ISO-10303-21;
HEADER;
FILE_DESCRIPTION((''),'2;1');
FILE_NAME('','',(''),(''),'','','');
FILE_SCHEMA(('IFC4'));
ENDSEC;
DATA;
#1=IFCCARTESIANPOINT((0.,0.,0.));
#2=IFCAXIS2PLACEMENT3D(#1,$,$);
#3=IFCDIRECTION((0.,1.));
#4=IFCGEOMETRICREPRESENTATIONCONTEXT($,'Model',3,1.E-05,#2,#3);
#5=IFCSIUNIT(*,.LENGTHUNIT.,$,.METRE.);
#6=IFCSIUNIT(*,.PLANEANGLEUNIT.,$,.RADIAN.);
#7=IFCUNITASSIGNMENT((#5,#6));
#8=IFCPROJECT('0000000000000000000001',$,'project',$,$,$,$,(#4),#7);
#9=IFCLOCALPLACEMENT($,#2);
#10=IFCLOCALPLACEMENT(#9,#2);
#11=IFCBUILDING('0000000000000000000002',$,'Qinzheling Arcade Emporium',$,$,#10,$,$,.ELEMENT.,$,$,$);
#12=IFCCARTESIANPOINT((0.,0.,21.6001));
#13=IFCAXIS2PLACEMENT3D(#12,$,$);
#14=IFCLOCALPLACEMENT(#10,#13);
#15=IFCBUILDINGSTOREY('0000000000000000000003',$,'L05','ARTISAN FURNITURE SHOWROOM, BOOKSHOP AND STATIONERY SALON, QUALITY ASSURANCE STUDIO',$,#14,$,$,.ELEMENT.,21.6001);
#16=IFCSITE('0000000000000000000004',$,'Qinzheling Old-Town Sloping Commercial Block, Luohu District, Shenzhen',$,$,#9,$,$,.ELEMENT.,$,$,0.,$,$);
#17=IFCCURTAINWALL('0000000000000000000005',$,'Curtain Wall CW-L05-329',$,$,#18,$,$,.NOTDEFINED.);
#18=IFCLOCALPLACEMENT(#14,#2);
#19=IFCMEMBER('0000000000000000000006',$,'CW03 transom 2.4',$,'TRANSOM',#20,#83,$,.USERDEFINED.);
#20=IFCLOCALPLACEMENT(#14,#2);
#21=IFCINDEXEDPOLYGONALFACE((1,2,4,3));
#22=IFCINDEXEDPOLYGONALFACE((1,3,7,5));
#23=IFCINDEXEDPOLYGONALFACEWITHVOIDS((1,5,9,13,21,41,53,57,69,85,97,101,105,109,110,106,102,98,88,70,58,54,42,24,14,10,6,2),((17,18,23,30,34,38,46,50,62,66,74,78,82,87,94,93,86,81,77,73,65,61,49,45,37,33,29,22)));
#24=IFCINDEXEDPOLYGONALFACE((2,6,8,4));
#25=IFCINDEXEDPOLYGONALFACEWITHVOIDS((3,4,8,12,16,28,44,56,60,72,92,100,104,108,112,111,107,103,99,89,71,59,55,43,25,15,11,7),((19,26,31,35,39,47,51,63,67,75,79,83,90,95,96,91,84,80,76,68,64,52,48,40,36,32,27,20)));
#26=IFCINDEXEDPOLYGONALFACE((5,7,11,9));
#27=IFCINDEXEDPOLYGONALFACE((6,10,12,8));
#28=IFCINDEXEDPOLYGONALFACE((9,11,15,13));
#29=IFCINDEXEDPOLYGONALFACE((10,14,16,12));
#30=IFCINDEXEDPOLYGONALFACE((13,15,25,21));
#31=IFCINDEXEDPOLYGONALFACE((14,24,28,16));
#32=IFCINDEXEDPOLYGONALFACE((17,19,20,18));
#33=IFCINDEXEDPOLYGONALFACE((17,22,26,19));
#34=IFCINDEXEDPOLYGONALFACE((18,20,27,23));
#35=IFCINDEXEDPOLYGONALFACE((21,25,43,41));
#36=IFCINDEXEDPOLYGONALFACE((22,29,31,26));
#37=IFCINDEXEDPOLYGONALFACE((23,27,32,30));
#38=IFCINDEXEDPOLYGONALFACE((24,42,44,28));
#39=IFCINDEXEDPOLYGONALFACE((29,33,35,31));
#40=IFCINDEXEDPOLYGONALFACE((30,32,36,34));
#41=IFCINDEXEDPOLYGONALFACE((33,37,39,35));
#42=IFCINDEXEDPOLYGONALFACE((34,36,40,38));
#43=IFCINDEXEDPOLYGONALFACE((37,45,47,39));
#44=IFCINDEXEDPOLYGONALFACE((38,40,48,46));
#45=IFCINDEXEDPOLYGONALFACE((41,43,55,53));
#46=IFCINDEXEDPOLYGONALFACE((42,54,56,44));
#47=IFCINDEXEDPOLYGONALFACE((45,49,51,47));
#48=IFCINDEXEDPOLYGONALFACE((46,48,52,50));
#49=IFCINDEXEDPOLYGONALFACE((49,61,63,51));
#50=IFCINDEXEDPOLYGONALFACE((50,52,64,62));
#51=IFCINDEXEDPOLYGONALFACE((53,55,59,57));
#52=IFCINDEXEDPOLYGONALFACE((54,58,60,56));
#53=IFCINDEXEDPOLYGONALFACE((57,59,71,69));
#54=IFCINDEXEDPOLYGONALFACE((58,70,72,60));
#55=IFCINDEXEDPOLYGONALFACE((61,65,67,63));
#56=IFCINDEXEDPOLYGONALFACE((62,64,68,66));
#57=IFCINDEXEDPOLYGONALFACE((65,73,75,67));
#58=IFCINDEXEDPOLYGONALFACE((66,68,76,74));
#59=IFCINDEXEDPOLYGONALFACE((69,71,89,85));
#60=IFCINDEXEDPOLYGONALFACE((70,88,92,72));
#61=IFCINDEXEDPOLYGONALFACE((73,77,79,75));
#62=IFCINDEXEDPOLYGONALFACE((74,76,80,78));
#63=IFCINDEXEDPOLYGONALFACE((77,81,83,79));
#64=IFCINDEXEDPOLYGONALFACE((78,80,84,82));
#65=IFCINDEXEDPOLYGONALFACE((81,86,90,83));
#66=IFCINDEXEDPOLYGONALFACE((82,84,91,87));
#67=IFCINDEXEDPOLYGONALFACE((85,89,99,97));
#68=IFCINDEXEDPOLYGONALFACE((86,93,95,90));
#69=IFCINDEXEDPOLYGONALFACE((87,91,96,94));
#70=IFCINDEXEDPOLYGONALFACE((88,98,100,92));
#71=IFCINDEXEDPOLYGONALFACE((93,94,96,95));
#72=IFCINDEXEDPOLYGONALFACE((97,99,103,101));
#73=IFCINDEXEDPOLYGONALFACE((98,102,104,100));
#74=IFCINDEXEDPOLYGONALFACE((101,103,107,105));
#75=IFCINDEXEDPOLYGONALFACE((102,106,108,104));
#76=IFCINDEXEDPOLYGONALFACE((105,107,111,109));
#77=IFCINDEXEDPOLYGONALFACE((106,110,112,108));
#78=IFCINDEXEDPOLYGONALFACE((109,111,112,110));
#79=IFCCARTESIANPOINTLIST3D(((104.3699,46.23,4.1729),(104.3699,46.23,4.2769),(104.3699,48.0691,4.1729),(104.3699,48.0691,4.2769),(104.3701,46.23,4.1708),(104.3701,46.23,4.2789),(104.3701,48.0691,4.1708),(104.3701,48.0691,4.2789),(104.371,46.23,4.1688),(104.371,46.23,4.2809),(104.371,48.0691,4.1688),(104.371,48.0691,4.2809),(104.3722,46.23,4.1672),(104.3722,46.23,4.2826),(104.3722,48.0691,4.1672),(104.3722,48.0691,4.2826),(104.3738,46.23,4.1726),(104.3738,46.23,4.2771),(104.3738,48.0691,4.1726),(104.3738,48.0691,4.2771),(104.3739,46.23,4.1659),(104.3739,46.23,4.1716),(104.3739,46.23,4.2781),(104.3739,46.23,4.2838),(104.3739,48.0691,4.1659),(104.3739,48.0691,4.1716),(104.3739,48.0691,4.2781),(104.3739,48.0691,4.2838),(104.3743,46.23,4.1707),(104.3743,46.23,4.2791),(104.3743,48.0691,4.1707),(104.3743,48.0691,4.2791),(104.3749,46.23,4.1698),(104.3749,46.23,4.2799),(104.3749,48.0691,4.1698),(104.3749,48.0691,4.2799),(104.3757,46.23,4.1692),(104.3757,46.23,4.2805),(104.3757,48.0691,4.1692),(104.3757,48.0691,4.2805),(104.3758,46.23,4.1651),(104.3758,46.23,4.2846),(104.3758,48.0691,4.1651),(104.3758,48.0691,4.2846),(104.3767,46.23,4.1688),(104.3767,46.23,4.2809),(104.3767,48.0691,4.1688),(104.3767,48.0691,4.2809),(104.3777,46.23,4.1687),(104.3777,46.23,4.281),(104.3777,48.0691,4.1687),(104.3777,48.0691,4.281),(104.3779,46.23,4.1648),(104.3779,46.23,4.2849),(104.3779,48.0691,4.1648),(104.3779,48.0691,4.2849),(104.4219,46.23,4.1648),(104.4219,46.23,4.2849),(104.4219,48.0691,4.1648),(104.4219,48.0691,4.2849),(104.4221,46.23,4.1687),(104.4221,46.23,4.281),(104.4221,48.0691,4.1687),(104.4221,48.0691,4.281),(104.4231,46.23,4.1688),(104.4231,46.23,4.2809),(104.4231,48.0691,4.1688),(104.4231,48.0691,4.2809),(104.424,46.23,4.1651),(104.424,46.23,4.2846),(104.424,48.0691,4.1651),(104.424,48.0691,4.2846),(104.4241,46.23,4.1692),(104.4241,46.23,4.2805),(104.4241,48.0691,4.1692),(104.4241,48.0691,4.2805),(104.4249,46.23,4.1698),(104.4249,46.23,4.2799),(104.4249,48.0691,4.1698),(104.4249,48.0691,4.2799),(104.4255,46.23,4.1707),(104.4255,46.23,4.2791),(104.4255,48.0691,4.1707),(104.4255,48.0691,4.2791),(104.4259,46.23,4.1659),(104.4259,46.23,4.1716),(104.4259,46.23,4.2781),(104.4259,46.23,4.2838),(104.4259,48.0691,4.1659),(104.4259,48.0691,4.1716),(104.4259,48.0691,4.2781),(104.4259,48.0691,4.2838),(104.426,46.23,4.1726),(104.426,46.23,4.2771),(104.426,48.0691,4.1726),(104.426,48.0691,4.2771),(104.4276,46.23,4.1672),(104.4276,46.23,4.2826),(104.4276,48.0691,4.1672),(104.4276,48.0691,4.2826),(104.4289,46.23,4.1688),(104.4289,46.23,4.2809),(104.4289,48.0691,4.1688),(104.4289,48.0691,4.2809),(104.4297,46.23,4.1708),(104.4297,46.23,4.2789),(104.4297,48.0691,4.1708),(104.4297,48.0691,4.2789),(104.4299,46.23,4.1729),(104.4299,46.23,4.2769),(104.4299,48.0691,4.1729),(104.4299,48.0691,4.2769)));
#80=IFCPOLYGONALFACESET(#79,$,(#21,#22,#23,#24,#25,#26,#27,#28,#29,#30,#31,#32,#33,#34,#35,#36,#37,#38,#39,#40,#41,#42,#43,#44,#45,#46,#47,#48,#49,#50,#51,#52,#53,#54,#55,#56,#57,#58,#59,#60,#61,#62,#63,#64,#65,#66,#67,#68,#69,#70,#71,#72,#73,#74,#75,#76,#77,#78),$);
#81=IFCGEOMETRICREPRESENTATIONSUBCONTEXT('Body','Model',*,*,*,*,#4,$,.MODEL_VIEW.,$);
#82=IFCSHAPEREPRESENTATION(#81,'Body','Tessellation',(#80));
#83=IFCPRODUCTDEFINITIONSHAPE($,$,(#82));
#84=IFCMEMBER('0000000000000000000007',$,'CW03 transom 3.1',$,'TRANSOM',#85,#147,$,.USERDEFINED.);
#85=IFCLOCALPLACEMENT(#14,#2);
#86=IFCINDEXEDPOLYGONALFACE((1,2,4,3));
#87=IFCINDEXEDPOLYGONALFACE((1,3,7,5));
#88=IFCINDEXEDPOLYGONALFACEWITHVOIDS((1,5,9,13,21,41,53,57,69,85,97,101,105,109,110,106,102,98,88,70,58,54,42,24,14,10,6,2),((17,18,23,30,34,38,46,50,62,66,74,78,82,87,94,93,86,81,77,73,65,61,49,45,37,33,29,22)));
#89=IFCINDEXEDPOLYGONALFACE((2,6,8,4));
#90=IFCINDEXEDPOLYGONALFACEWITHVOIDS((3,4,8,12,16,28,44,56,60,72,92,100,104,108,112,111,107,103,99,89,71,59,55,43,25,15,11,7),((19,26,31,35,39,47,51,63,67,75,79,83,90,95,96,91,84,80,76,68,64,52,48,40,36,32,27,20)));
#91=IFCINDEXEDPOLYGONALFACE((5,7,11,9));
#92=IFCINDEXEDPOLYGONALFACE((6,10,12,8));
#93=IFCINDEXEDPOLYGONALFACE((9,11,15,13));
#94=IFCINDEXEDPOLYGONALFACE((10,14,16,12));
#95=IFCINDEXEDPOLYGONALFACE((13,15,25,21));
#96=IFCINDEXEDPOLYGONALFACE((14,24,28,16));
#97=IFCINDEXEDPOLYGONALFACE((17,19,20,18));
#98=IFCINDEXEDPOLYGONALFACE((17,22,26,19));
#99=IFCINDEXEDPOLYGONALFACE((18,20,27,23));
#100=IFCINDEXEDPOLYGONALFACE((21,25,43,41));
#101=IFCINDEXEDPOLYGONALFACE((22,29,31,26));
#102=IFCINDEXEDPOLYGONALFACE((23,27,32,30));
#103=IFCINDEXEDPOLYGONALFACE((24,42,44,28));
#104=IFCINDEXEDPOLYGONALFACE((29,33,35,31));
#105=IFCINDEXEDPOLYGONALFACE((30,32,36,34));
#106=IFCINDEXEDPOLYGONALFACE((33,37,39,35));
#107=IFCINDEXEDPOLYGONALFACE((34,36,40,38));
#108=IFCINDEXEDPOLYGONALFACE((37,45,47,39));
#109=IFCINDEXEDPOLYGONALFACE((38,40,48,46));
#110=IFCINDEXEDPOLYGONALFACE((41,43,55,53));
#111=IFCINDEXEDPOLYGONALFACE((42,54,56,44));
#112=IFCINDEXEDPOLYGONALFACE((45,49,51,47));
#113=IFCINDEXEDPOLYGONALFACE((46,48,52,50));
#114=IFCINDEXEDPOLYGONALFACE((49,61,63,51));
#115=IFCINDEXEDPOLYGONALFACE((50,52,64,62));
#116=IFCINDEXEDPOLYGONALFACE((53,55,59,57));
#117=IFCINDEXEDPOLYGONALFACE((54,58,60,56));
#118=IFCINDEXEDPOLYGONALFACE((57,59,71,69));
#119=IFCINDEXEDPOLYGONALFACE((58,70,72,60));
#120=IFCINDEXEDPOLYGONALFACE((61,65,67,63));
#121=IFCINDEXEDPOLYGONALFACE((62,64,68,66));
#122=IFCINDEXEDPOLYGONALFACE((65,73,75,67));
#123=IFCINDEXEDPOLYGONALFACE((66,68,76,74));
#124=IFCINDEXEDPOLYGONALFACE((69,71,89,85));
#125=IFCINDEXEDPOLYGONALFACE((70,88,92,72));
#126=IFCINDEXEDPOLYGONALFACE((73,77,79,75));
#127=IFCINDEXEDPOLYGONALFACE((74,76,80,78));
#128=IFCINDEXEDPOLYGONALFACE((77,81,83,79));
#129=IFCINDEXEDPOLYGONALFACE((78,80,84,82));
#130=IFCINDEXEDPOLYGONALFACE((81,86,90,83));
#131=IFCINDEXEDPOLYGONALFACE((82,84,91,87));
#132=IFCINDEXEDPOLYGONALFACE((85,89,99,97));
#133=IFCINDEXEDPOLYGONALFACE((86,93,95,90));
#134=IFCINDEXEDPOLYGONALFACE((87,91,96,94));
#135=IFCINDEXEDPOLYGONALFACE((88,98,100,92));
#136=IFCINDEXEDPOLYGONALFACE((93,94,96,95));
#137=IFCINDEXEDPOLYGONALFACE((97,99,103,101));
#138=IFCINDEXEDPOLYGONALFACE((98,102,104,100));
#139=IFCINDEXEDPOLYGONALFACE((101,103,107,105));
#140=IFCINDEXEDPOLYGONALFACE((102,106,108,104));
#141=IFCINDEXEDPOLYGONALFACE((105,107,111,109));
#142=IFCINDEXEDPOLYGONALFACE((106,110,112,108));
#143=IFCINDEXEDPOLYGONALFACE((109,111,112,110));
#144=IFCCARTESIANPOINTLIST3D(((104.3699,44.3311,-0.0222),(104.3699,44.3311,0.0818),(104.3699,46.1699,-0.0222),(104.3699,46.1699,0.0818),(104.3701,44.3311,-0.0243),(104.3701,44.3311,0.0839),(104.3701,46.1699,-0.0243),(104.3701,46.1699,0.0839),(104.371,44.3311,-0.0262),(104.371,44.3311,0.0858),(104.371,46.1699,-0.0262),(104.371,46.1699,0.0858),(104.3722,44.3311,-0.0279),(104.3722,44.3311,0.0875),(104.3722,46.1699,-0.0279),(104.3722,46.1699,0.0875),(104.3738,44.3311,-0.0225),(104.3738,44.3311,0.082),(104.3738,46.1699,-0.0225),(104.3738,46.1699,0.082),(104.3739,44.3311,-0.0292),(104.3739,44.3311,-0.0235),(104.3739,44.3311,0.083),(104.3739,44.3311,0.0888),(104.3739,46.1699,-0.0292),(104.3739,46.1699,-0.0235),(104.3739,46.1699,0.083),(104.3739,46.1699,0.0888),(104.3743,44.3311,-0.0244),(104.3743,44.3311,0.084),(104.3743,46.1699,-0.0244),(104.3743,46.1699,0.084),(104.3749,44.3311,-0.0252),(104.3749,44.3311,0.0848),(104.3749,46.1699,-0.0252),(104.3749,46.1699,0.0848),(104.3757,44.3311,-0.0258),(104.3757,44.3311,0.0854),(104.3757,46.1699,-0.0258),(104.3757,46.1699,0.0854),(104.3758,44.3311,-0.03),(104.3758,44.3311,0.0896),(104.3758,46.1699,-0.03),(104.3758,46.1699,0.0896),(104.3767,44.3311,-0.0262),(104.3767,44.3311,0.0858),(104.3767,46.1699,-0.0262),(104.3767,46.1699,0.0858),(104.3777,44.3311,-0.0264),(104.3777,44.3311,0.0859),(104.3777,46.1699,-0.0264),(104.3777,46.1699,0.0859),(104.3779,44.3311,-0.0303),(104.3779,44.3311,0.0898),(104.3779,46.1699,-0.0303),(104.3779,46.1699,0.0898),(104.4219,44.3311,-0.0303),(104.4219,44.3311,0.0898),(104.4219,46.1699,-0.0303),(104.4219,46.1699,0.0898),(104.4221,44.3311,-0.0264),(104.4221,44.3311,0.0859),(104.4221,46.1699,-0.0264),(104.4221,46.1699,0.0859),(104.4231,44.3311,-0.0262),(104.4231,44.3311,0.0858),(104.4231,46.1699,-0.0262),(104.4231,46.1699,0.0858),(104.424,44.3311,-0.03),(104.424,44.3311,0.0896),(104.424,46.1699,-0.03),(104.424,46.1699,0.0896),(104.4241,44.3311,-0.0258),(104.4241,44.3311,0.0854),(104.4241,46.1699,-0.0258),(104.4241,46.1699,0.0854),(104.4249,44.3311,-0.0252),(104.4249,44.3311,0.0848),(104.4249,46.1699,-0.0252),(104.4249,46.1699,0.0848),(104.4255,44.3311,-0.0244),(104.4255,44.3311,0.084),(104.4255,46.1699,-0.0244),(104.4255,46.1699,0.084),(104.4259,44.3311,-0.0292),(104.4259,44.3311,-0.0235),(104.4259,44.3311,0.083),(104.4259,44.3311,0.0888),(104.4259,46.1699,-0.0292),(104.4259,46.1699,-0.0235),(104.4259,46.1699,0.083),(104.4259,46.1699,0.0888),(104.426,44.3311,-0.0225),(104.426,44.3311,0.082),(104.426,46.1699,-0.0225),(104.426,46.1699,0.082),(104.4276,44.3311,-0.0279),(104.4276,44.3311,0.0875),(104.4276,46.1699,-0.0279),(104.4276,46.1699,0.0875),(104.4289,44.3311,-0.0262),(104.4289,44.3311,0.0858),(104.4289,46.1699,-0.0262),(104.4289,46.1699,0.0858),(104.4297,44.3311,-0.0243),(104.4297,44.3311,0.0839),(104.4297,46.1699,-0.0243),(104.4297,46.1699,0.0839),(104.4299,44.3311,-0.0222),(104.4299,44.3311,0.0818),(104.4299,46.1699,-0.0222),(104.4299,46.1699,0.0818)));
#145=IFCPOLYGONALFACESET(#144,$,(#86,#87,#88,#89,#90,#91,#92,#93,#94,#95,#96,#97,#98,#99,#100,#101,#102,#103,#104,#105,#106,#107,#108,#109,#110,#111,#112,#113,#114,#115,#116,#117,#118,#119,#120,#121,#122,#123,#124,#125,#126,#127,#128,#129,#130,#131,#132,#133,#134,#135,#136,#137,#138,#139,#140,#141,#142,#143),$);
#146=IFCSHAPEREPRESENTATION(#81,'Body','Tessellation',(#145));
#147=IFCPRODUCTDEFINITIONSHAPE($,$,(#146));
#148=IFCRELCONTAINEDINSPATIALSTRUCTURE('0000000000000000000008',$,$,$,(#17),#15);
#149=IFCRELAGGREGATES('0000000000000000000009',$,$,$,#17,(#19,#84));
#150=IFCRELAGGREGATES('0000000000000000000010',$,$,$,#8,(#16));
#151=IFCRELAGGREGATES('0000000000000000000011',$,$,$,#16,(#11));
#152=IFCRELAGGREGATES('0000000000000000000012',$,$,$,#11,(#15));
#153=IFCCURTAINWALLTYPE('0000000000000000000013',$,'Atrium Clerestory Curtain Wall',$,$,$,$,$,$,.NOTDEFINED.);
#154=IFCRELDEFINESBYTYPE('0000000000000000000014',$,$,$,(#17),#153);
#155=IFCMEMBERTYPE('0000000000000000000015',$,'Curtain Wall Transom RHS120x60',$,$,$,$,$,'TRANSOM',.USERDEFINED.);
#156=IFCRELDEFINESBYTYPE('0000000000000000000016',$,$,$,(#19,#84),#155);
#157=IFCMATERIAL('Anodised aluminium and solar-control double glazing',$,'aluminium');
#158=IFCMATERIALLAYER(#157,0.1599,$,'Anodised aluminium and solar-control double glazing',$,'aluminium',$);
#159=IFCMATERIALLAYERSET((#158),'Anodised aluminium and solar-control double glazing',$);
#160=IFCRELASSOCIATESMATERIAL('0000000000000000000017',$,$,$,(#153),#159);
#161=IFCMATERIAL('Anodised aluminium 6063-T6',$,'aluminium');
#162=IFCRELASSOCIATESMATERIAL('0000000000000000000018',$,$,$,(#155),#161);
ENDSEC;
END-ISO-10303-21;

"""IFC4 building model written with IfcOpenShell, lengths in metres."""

from ifc_helpers import new_model, si_unit, direction, frame, origin, origin_2d, place, context, subcontext, project, spatial, hollow_rectangle, extrude, material, layer, layer_set, material_profile, profile_set, type_object, element, aggregate, save


model = new_model("IFC4")

# Units and contexts
model_context = context("Model", 3, precision=1e-05, world=origin(), true_north=direction((0.0, 1.0)))
body_context = subcontext(model_context, "Body", "Model", "MODEL_VIEW")
ifc_project = project(units=[si_unit("LENGTHUNIT", "METRE"), si_unit("PLANEANGLEUNIT", "RADIAN")], contexts=[model_context])

# Site, building, storey
site_placement = place(None, origin())
site = spatial("IfcSite", under=ifc_project, at=site_placement, Name="Qinzheling Old-Town Sloping Commercial Block, Luohu District, Shenzhen", CompositionType="ELEMENT", RefElevation=0.0)
building_placement = place(site_placement, origin())
building = spatial("IfcBuilding", under=site, at=building_placement, Name="Qinzheling Arcade Emporium", CompositionType="ELEMENT")
storey_placement = place(building_placement, frame((0.0, 0.0, 21.6001)))
storey = spatial("IfcBuildingStorey", under=building, at=storey_placement, Name="L05", Description="ARTISAN FURNITURE SHOWROOM, BOOKSHOP AND STATIONERY SALON, QUALITY ASSURANCE STUDIO", CompositionType="ELEMENT", Elevation=21.6001)

# Curtain wall, members
ifc_material_1 = material(Name="Anodised aluminium and solar-control double glazing", Category="aluminium")
ifc_layer_1 = layer(ifc_material_1, 0.1599, Name="Anodised aluminium and solar-control double glazing", Category="aluminium")
ifc_layer_set_1 = layer_set([ifc_layer_1], Name="Anodised aluminium and solar-control double glazing")
curtain_wall_type = type_object("IfcCurtainWallType", Name="Atrium Clerestory Curtain Wall", PredefinedType="NOTDEFINED", material=ifc_layer_set_1)
curtain_wall_placement = place(storey_placement, origin())
curtain_wall = element("IfcCurtainWall", 1, at=curtain_wall_placement, inside=storey, type_object=curtain_wall_type, Name="Curtain Wall CW-L05-329", PredefinedType="NOTDEFINED")
ifc_material_2 = material(Name="Anodised aluminium 6063-T6", Category="aluminium")
ifc_material_profile_1 = material_profile(ifc_material_2, hollow_rectangle(XDim=0.0601, YDim=0.1201, WallThickness=0.0039, InnerFilletRadius=0.0039, OuterFilletRadius=0.0081, at=origin_2d()), Name="RHS 120x60x4", Category="aluminium")
ifc_profile_set_1 = profile_set([ifc_material_profile_1], Name="Anodised aluminium 6063-T6")
member_type_1 = type_object("IfcMemberType", Name="Curtain Wall Transom RHS120x60", ElementType="TRANSOM", PredefinedType="USERDEFINED", material=ifc_profile_set_1)
member_1_placement = place(storey_placement, frame((104.3999, 48.0691, 4.2249), z_axis=(0.0, -1.0, 0.0), x_axis=(1.0, 0.0, 0.0)))
member_1 = element("IfcMember", 2, at=member_1_placement, type_object=member_type_1, Name="CW03 transom 2.4", ObjectType="TRANSOM", PredefinedType="USERDEFINED", context=body_context, shape_type="SweptSolid", body=[
    extrude(hollow_rectangle(XDim=0.0601, YDim=0.1201, WallThickness=0.0039, InnerFilletRadius=0.0039, OuterFilletRadius=0.0081, at=origin_2d()), origin(), (0.0, 0.0, 1.0), 1.8391),
])
member_2_placement = place(storey_placement, frame((104.3999, 46.1699, 0.0298), z_axis=(0.0, -1.0, 0.0), x_axis=(1.0, 0.0, 0.0)))
member_2 = element("IfcMember", 3, at=member_2_placement, type_object=member_type_1, Name="CW03 transom 3.1", ObjectType="TRANSOM", PredefinedType="USERDEFINED", context=body_context, shape_type="SweptSolid", body=[
    extrude(hollow_rectangle(XDim=0.0601, YDim=0.1201, WallThickness=0.0039, InnerFilletRadius=0.0039, OuterFilletRadius=0.0081, at=origin_2d()), origin(), (0.0, 0.0, 1.0), 1.8389),
])
aggregate(curtain_wall, [member_1, member_2])

save(model, "model.ifc")
